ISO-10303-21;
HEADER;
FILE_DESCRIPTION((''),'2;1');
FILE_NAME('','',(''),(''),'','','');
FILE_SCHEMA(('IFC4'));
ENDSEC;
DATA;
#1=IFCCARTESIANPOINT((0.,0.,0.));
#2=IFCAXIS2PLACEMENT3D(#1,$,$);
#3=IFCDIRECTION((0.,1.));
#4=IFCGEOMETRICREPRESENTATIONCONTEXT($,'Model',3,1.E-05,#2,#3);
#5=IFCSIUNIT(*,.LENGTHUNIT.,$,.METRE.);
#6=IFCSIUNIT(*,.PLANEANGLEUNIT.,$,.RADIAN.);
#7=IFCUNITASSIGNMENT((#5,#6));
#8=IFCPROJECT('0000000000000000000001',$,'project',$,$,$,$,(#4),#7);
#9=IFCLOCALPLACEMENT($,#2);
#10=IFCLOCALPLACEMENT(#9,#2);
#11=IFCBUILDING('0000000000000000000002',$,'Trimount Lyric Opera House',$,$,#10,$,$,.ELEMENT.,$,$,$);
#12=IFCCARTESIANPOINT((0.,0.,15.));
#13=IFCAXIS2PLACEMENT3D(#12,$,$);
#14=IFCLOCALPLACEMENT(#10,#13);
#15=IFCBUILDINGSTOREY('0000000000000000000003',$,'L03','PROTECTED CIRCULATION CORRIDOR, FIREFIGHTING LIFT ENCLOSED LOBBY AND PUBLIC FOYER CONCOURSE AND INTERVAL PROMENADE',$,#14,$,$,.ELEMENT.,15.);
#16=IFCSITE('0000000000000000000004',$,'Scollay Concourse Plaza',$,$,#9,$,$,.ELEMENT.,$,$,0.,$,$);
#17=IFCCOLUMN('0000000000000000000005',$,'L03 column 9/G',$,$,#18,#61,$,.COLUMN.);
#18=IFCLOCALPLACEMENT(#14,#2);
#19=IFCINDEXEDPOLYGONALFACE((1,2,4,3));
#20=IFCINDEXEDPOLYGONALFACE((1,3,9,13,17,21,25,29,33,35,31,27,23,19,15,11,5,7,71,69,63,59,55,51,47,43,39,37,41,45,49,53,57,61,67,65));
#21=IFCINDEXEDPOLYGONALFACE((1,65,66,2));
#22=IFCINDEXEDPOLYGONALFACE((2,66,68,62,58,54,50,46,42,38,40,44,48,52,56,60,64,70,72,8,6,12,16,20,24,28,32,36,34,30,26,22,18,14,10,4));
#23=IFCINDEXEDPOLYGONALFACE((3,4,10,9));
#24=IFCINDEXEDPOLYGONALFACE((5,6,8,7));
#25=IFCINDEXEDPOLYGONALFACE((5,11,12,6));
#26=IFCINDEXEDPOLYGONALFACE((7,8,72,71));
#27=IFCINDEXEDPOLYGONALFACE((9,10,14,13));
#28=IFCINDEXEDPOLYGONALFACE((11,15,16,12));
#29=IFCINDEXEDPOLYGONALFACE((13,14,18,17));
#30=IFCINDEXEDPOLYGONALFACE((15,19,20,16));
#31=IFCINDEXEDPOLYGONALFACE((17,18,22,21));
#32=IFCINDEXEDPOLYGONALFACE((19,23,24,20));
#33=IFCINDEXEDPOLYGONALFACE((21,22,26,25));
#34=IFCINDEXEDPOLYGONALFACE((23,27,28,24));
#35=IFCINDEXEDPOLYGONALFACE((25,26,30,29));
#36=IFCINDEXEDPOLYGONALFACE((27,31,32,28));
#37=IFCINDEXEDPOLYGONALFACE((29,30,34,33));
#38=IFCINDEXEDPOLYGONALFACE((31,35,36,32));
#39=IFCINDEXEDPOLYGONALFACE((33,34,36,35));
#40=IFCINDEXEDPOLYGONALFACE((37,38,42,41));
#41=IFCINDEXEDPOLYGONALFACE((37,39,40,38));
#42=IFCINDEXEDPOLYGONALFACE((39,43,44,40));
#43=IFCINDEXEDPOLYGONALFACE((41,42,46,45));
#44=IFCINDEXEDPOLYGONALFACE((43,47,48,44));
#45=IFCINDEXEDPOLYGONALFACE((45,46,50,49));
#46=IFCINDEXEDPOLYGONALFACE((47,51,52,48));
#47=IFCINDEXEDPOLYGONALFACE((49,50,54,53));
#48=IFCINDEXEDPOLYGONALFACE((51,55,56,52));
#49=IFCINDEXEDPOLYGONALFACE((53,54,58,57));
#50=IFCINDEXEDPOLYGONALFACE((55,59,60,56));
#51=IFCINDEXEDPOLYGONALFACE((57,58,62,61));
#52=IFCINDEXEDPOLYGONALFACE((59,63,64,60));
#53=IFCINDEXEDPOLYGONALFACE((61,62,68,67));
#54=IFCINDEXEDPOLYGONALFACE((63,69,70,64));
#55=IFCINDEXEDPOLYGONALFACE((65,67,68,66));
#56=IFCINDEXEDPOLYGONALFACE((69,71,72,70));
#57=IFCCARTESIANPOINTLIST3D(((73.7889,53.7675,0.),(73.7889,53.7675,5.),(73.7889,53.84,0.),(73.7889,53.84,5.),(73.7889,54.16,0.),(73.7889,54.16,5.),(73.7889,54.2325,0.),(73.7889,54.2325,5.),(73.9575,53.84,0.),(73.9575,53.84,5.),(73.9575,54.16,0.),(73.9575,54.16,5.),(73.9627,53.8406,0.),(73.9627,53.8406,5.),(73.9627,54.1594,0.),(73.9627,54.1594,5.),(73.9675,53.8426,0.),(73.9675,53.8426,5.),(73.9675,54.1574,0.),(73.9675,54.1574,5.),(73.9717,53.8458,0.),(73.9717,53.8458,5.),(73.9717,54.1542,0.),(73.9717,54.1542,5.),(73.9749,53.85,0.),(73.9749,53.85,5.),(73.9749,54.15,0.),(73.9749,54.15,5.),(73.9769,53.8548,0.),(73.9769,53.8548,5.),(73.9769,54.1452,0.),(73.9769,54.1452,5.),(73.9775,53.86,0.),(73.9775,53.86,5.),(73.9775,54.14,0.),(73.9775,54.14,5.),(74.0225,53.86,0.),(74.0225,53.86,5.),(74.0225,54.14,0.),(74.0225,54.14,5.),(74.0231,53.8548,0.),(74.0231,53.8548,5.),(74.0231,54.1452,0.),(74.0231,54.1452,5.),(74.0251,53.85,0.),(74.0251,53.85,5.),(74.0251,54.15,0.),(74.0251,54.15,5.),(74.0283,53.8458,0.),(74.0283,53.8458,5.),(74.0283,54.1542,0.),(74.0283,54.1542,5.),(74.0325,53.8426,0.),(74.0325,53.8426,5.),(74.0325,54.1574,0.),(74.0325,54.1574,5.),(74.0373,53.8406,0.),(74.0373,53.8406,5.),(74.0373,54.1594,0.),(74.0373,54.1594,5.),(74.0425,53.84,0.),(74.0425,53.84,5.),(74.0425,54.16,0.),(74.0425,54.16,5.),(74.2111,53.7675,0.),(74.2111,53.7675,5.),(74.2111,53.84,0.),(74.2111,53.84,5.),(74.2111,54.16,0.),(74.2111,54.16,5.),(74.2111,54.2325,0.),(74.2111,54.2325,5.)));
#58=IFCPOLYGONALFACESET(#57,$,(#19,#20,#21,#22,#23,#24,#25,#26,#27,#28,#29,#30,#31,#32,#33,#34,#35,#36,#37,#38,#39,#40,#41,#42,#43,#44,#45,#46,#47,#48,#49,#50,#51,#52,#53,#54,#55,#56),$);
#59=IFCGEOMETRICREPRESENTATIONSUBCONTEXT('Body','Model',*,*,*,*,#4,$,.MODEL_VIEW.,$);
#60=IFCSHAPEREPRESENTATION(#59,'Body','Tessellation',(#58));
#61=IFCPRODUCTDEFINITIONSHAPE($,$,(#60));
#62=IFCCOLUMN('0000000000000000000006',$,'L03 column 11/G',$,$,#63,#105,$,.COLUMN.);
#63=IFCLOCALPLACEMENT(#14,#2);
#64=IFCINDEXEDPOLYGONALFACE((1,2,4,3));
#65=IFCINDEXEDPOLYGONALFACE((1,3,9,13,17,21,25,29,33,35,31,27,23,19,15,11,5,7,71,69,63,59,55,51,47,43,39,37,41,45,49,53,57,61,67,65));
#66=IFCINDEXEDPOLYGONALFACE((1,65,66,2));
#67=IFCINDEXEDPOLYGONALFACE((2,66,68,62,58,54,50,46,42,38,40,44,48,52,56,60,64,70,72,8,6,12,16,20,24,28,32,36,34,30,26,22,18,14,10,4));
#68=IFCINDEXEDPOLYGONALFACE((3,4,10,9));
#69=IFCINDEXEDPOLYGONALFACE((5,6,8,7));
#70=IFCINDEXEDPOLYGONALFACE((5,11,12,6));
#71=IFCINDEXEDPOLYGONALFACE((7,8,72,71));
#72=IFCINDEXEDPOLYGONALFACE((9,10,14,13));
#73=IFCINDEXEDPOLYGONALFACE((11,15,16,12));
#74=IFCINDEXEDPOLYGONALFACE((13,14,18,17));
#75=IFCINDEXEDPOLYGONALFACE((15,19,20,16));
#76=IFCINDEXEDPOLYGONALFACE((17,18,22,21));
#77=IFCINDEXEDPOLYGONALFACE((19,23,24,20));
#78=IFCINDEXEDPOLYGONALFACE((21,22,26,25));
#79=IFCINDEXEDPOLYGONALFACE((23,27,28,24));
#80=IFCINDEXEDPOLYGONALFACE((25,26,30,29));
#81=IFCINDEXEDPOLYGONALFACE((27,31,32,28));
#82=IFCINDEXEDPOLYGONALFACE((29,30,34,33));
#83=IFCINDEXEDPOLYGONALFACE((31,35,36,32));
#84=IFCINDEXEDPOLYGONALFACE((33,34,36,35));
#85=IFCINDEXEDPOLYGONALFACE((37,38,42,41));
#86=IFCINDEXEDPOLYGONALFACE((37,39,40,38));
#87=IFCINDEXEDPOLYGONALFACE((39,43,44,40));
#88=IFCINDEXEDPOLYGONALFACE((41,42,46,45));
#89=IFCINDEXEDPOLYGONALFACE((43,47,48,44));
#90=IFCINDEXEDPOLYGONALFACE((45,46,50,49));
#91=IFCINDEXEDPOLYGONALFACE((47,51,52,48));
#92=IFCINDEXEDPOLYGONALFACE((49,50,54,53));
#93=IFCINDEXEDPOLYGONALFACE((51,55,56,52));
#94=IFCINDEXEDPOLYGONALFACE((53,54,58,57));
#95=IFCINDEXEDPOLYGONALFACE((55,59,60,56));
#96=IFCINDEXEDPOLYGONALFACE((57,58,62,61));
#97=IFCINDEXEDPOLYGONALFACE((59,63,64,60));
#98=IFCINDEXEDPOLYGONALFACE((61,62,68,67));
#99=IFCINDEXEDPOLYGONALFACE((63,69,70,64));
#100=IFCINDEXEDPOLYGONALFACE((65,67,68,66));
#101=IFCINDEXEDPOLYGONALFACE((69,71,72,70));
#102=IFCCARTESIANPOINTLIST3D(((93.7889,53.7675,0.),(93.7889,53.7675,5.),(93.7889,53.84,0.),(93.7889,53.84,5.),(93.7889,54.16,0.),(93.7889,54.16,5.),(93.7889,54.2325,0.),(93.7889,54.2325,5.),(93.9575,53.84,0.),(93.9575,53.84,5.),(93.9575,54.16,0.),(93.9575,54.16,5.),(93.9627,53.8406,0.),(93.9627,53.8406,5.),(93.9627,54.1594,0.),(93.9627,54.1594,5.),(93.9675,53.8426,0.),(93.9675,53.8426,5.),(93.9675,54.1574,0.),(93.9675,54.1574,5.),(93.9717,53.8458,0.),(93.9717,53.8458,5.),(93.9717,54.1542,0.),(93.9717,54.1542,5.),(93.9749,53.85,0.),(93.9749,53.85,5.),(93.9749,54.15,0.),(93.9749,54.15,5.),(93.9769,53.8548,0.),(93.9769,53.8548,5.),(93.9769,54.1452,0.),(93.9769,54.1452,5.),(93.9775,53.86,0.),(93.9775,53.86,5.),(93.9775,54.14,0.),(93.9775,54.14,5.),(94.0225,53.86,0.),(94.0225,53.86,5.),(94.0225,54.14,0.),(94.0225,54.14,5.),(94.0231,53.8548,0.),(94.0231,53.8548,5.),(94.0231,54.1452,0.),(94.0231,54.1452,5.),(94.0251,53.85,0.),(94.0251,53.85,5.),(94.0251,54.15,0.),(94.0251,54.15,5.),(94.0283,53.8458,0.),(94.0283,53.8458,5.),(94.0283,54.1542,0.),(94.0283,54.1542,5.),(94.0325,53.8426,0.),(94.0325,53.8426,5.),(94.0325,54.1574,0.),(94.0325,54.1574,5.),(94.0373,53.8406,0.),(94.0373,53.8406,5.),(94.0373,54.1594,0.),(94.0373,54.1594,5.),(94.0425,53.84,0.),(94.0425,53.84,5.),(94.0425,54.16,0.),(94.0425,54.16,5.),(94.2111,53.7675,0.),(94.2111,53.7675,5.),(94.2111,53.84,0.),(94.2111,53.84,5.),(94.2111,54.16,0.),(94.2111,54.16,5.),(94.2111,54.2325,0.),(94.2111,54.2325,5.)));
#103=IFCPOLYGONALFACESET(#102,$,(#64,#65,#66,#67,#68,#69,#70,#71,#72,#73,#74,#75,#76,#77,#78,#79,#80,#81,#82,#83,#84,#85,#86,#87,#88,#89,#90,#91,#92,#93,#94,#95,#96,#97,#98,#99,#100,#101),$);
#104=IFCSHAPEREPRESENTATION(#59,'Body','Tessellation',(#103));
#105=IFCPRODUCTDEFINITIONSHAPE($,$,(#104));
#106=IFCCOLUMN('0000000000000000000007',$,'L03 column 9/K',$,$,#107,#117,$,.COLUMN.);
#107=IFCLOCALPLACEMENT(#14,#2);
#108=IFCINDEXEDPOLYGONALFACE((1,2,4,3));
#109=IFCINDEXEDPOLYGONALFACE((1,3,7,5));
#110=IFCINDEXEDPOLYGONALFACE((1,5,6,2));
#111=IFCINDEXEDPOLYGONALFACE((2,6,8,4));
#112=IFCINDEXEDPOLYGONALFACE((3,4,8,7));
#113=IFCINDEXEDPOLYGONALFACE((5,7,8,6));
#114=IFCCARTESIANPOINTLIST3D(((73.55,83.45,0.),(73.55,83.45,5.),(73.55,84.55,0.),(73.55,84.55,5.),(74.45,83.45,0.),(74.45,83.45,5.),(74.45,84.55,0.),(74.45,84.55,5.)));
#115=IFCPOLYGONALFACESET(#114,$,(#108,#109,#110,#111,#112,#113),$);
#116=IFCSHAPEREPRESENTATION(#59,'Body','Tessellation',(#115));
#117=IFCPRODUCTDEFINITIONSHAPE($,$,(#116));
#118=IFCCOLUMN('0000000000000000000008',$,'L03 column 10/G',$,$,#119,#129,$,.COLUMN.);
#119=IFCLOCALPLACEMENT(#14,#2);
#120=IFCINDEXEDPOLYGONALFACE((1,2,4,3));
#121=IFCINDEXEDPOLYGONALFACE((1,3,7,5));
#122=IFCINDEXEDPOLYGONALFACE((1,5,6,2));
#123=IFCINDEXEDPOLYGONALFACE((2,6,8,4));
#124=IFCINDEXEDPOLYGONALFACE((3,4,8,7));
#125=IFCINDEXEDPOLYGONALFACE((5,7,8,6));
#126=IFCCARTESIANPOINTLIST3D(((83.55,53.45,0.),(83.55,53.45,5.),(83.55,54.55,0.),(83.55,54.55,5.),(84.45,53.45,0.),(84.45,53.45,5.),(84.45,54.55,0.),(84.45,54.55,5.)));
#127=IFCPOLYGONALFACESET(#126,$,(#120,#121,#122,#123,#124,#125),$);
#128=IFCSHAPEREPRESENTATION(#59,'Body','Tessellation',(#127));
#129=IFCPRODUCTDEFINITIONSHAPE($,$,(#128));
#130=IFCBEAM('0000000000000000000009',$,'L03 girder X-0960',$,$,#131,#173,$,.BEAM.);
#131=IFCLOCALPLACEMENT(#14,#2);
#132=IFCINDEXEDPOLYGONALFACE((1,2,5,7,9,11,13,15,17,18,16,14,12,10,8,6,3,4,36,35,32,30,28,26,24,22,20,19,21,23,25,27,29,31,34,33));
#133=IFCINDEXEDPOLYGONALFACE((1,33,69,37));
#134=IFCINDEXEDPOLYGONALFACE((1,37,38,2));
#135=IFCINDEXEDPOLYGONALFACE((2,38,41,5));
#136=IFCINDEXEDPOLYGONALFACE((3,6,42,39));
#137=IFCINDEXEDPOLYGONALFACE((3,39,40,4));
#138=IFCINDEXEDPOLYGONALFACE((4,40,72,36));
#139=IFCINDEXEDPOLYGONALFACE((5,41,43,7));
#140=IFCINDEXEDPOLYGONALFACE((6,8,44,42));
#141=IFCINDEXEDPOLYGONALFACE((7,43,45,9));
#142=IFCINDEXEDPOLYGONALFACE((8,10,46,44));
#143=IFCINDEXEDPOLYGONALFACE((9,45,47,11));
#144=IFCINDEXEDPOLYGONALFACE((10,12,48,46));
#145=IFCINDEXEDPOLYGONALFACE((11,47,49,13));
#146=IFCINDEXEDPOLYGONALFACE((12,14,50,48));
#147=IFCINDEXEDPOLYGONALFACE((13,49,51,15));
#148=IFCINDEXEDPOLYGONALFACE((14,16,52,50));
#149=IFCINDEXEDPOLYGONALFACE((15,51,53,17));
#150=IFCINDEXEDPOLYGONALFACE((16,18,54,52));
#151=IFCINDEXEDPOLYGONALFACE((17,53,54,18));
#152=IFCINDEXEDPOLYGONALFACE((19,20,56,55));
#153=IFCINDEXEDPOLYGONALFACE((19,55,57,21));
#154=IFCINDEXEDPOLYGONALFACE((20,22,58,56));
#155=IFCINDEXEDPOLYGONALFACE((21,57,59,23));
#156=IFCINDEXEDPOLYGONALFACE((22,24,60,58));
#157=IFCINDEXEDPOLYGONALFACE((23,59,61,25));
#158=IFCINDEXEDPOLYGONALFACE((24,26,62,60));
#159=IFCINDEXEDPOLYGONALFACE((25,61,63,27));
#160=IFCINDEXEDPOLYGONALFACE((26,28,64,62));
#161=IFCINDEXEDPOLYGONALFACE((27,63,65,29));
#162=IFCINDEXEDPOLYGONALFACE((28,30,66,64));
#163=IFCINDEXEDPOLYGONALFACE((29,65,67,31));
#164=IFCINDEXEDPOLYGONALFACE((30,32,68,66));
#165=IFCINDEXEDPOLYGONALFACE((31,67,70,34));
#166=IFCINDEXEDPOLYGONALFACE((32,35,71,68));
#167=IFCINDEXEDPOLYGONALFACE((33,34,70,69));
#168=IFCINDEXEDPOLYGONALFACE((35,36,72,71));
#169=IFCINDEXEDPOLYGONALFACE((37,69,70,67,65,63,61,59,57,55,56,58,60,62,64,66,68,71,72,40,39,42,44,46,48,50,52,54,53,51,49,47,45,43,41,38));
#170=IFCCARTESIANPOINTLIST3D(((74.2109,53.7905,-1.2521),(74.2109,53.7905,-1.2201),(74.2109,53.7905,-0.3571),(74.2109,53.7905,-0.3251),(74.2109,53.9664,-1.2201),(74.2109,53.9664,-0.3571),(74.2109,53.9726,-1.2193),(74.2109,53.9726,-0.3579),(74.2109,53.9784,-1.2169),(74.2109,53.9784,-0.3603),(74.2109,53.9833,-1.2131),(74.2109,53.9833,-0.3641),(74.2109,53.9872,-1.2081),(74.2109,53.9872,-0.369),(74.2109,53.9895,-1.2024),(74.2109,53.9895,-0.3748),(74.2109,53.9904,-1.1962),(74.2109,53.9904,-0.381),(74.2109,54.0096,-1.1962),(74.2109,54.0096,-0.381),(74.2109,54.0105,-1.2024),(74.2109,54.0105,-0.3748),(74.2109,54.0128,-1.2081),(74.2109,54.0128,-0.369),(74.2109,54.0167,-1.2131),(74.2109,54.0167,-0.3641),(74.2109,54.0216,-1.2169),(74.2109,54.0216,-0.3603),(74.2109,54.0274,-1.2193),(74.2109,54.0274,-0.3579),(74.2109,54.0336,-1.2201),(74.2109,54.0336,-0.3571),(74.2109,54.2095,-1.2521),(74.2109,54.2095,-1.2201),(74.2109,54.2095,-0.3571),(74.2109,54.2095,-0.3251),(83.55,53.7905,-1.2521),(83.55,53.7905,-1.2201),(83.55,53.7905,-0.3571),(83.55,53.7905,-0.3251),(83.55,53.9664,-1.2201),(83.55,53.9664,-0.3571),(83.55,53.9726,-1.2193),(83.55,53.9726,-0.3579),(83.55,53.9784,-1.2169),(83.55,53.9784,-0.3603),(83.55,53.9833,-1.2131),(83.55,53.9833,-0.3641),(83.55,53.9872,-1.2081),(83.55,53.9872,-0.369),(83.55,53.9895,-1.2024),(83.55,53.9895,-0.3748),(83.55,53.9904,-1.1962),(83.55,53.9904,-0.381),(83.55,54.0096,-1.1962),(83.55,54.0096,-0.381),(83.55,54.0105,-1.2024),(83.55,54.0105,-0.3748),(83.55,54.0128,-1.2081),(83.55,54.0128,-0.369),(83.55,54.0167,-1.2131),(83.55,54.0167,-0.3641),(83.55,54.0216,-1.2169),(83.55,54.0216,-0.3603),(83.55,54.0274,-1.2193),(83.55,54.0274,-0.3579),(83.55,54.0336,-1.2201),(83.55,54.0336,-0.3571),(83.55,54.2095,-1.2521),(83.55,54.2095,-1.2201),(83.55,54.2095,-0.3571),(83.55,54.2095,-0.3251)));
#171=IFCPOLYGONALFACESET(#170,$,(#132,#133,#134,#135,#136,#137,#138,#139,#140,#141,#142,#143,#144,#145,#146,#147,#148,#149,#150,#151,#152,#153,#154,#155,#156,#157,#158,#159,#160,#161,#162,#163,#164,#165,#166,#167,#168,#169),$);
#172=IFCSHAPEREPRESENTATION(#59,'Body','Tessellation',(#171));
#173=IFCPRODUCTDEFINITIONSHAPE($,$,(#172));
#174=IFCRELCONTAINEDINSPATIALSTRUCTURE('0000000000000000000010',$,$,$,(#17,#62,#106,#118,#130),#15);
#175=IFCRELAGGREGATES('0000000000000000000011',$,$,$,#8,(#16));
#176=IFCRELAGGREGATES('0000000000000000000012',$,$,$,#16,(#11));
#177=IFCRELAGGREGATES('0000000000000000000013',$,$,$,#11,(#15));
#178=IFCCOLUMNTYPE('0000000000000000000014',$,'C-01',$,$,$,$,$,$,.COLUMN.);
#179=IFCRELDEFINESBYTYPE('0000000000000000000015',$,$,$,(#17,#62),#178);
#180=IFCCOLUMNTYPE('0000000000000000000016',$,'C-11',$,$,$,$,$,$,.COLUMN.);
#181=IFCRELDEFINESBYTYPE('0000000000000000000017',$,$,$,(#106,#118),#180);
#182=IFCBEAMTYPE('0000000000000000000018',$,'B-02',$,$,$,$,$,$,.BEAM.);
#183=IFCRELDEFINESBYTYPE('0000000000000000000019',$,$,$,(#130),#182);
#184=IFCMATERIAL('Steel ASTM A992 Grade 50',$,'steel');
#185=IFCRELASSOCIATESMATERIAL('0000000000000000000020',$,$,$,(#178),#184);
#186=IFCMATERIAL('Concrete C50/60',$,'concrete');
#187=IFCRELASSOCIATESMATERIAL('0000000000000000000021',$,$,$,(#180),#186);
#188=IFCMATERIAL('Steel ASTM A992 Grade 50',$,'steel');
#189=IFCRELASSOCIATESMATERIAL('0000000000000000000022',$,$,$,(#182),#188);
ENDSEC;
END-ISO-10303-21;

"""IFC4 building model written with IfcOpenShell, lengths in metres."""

from ifc_helpers import new_model, si_unit, direction, frame, origin, origin_2d, place, context, subcontext, project, spatial, rectangle, i_section, extrude, material, material_profile, profile_set, type_object, element, save


model = new_model("IFC4")

# Units and contexts
model_context = context("Model", 3, precision=1e-05, world=origin(), true_north=direction((0.0, 1.0)))
body_context = subcontext(model_context, "Body", "Model", "MODEL_VIEW")
ifc_project = project(units=[si_unit("LENGTHUNIT", "METRE"), si_unit("PLANEANGLEUNIT", "RADIAN")], contexts=[model_context])

# Site, building, storey
site_placement = place(None, origin())
site = spatial("IfcSite", under=ifc_project, at=site_placement, Name="Scollay Concourse Plaza", CompositionType="ELEMENT", RefElevation=0.0)
building_placement = place(site_placement, origin())
building = spatial("IfcBuilding", under=site, at=building_placement, Name="Trimount Lyric Opera House", CompositionType="ELEMENT")
storey_placement = place(building_placement, frame((0.0, 0.0, 15.0)))
storey = spatial("IfcBuildingStorey", under=building, at=storey_placement, Name="L03", Description="PROTECTED CIRCULATION CORRIDOR, FIREFIGHTING LIFT ENCLOSED LOBBY AND PUBLIC FOYER CONCOURSE AND INTERVAL PROMENADE", CompositionType="ELEMENT", Elevation=15.0)

# Columns
ifc_material_1 = material(Name="Steel ASTM A992 Grade 50", Category="steel")
ifc_material_profile_1 = material_profile(ifc_material_1, i_section(OverallWidth=0.4221, OverallDepth=0.4651, WebThickness=0.0449, FlangeThickness=0.0725, FilletRadius=0.02, at=origin_2d()), Name="W14X398")
ifc_profile_set_1 = profile_set([ifc_material_profile_1], Name="Steel ASTM A992 Grade 50")
column_type_1 = type_object("IfcColumnType", Name="C-01", PredefinedType="COLUMN", material=ifc_profile_set_1)
for number, where, z_axis, x_axis, name in (
    (1, (74.0, 54.0, 0.0), (0.0, 0.0, 1.0), (1.0, 0.0, 0.0), "L03 column 9/G"),
    (2, (94.0, 54.0, 0.0), (0.0, 0.0, 1.0), (1.0, 0.0, 0.0), "L03 column 11/G"),
):
    element("IfcColumn", number, at=place(storey_placement, frame(where, z_axis=z_axis, x_axis=x_axis)), inside=storey, type_object=column_type_1, Name=name, PredefinedType="COLUMN", context=body_context, shape_type="SweptSolid", body=[
        extrude(i_section(OverallWidth=0.4221, OverallDepth=0.4651, WebThickness=0.0449, FlangeThickness=0.0725, FilletRadius=0.02, at=origin_2d()), origin(), (0.0, 0.0, 1.0), 5.0),
    ])
ifc_material_2 = material(Name="Concrete C50/60", Category="concrete")
ifc_material_profile_2 = material_profile(ifc_material_2, rectangle(XDim=0.8999, YDim=1.1001, at=origin_2d()), Name="RC1100X900")
ifc_profile_set_2 = profile_set([ifc_material_profile_2], Name="Concrete C50/60")
column_type_2 = type_object("IfcColumnType", Name="C-11", PredefinedType="COLUMN", material=ifc_profile_set_2)
for number, where, z_axis, x_axis, name in (
    (3, (74.0, 84.0, 0.0), (0.0, 0.0, 1.0), (1.0, 0.0, 0.0), "L03 column 9/K"),
    (4, (84.0, 54.0, 0.0), (0.0, 0.0, 1.0), (1.0, 0.0, 0.0), "L03 column 10/G"),
):
    element("IfcColumn", number, at=place(storey_placement, frame(where, z_axis=z_axis, x_axis=x_axis)), inside=storey, type_object=column_type_2, Name=name, PredefinedType="COLUMN", context=body_context, shape_type="SweptSolid", body=[
        extrude(rectangle(XDim=0.8999, YDim=1.1001, at=origin_2d()), origin(), (0.0, 0.0, 1.0), 5.0),
    ])

# Beam
ifc_material_3 = material(Name="Steel ASTM A992 Grade 50", Category="steel")
ifc_material_profile_3 = material_profile(ifc_material_3, i_section(OverallWidth=0.4189, OverallDepth=0.927, WebThickness=0.0193, FlangeThickness=0.032, FilletRadius=0.0239, at=origin_2d()), Name="W36X231")
ifc_profile_set_3 = profile_set([ifc_material_profile_3], Name="Steel ASTM A992 Grade 50")
beam_type_1 = type_object("IfcBeamType", Name="B-02", PredefinedType="BEAM", material=ifc_profile_set_3)
beam_1_placement = place(storey_placement, frame((74.2109, 54.0, -0.7886), z_axis=(1.0, 0.0, 0.0), x_axis=(0.0, 1.0, 0.0)))
element("IfcBeam", 5, at=beam_1_placement, inside=storey, type_object=beam_type_1, Name="L03 girder X-0960", PredefinedType="BEAM", context=body_context, shape_type="SweptSolid", body=[
    extrude(i_section(OverallWidth=0.4189, OverallDepth=0.927, WebThickness=0.0193, FlangeThickness=0.032, FilletRadius=0.0239, at=origin_2d()), origin(), (0.0, 0.0, 1.0), 9.3391),
])

save(model, "model.ifc")
